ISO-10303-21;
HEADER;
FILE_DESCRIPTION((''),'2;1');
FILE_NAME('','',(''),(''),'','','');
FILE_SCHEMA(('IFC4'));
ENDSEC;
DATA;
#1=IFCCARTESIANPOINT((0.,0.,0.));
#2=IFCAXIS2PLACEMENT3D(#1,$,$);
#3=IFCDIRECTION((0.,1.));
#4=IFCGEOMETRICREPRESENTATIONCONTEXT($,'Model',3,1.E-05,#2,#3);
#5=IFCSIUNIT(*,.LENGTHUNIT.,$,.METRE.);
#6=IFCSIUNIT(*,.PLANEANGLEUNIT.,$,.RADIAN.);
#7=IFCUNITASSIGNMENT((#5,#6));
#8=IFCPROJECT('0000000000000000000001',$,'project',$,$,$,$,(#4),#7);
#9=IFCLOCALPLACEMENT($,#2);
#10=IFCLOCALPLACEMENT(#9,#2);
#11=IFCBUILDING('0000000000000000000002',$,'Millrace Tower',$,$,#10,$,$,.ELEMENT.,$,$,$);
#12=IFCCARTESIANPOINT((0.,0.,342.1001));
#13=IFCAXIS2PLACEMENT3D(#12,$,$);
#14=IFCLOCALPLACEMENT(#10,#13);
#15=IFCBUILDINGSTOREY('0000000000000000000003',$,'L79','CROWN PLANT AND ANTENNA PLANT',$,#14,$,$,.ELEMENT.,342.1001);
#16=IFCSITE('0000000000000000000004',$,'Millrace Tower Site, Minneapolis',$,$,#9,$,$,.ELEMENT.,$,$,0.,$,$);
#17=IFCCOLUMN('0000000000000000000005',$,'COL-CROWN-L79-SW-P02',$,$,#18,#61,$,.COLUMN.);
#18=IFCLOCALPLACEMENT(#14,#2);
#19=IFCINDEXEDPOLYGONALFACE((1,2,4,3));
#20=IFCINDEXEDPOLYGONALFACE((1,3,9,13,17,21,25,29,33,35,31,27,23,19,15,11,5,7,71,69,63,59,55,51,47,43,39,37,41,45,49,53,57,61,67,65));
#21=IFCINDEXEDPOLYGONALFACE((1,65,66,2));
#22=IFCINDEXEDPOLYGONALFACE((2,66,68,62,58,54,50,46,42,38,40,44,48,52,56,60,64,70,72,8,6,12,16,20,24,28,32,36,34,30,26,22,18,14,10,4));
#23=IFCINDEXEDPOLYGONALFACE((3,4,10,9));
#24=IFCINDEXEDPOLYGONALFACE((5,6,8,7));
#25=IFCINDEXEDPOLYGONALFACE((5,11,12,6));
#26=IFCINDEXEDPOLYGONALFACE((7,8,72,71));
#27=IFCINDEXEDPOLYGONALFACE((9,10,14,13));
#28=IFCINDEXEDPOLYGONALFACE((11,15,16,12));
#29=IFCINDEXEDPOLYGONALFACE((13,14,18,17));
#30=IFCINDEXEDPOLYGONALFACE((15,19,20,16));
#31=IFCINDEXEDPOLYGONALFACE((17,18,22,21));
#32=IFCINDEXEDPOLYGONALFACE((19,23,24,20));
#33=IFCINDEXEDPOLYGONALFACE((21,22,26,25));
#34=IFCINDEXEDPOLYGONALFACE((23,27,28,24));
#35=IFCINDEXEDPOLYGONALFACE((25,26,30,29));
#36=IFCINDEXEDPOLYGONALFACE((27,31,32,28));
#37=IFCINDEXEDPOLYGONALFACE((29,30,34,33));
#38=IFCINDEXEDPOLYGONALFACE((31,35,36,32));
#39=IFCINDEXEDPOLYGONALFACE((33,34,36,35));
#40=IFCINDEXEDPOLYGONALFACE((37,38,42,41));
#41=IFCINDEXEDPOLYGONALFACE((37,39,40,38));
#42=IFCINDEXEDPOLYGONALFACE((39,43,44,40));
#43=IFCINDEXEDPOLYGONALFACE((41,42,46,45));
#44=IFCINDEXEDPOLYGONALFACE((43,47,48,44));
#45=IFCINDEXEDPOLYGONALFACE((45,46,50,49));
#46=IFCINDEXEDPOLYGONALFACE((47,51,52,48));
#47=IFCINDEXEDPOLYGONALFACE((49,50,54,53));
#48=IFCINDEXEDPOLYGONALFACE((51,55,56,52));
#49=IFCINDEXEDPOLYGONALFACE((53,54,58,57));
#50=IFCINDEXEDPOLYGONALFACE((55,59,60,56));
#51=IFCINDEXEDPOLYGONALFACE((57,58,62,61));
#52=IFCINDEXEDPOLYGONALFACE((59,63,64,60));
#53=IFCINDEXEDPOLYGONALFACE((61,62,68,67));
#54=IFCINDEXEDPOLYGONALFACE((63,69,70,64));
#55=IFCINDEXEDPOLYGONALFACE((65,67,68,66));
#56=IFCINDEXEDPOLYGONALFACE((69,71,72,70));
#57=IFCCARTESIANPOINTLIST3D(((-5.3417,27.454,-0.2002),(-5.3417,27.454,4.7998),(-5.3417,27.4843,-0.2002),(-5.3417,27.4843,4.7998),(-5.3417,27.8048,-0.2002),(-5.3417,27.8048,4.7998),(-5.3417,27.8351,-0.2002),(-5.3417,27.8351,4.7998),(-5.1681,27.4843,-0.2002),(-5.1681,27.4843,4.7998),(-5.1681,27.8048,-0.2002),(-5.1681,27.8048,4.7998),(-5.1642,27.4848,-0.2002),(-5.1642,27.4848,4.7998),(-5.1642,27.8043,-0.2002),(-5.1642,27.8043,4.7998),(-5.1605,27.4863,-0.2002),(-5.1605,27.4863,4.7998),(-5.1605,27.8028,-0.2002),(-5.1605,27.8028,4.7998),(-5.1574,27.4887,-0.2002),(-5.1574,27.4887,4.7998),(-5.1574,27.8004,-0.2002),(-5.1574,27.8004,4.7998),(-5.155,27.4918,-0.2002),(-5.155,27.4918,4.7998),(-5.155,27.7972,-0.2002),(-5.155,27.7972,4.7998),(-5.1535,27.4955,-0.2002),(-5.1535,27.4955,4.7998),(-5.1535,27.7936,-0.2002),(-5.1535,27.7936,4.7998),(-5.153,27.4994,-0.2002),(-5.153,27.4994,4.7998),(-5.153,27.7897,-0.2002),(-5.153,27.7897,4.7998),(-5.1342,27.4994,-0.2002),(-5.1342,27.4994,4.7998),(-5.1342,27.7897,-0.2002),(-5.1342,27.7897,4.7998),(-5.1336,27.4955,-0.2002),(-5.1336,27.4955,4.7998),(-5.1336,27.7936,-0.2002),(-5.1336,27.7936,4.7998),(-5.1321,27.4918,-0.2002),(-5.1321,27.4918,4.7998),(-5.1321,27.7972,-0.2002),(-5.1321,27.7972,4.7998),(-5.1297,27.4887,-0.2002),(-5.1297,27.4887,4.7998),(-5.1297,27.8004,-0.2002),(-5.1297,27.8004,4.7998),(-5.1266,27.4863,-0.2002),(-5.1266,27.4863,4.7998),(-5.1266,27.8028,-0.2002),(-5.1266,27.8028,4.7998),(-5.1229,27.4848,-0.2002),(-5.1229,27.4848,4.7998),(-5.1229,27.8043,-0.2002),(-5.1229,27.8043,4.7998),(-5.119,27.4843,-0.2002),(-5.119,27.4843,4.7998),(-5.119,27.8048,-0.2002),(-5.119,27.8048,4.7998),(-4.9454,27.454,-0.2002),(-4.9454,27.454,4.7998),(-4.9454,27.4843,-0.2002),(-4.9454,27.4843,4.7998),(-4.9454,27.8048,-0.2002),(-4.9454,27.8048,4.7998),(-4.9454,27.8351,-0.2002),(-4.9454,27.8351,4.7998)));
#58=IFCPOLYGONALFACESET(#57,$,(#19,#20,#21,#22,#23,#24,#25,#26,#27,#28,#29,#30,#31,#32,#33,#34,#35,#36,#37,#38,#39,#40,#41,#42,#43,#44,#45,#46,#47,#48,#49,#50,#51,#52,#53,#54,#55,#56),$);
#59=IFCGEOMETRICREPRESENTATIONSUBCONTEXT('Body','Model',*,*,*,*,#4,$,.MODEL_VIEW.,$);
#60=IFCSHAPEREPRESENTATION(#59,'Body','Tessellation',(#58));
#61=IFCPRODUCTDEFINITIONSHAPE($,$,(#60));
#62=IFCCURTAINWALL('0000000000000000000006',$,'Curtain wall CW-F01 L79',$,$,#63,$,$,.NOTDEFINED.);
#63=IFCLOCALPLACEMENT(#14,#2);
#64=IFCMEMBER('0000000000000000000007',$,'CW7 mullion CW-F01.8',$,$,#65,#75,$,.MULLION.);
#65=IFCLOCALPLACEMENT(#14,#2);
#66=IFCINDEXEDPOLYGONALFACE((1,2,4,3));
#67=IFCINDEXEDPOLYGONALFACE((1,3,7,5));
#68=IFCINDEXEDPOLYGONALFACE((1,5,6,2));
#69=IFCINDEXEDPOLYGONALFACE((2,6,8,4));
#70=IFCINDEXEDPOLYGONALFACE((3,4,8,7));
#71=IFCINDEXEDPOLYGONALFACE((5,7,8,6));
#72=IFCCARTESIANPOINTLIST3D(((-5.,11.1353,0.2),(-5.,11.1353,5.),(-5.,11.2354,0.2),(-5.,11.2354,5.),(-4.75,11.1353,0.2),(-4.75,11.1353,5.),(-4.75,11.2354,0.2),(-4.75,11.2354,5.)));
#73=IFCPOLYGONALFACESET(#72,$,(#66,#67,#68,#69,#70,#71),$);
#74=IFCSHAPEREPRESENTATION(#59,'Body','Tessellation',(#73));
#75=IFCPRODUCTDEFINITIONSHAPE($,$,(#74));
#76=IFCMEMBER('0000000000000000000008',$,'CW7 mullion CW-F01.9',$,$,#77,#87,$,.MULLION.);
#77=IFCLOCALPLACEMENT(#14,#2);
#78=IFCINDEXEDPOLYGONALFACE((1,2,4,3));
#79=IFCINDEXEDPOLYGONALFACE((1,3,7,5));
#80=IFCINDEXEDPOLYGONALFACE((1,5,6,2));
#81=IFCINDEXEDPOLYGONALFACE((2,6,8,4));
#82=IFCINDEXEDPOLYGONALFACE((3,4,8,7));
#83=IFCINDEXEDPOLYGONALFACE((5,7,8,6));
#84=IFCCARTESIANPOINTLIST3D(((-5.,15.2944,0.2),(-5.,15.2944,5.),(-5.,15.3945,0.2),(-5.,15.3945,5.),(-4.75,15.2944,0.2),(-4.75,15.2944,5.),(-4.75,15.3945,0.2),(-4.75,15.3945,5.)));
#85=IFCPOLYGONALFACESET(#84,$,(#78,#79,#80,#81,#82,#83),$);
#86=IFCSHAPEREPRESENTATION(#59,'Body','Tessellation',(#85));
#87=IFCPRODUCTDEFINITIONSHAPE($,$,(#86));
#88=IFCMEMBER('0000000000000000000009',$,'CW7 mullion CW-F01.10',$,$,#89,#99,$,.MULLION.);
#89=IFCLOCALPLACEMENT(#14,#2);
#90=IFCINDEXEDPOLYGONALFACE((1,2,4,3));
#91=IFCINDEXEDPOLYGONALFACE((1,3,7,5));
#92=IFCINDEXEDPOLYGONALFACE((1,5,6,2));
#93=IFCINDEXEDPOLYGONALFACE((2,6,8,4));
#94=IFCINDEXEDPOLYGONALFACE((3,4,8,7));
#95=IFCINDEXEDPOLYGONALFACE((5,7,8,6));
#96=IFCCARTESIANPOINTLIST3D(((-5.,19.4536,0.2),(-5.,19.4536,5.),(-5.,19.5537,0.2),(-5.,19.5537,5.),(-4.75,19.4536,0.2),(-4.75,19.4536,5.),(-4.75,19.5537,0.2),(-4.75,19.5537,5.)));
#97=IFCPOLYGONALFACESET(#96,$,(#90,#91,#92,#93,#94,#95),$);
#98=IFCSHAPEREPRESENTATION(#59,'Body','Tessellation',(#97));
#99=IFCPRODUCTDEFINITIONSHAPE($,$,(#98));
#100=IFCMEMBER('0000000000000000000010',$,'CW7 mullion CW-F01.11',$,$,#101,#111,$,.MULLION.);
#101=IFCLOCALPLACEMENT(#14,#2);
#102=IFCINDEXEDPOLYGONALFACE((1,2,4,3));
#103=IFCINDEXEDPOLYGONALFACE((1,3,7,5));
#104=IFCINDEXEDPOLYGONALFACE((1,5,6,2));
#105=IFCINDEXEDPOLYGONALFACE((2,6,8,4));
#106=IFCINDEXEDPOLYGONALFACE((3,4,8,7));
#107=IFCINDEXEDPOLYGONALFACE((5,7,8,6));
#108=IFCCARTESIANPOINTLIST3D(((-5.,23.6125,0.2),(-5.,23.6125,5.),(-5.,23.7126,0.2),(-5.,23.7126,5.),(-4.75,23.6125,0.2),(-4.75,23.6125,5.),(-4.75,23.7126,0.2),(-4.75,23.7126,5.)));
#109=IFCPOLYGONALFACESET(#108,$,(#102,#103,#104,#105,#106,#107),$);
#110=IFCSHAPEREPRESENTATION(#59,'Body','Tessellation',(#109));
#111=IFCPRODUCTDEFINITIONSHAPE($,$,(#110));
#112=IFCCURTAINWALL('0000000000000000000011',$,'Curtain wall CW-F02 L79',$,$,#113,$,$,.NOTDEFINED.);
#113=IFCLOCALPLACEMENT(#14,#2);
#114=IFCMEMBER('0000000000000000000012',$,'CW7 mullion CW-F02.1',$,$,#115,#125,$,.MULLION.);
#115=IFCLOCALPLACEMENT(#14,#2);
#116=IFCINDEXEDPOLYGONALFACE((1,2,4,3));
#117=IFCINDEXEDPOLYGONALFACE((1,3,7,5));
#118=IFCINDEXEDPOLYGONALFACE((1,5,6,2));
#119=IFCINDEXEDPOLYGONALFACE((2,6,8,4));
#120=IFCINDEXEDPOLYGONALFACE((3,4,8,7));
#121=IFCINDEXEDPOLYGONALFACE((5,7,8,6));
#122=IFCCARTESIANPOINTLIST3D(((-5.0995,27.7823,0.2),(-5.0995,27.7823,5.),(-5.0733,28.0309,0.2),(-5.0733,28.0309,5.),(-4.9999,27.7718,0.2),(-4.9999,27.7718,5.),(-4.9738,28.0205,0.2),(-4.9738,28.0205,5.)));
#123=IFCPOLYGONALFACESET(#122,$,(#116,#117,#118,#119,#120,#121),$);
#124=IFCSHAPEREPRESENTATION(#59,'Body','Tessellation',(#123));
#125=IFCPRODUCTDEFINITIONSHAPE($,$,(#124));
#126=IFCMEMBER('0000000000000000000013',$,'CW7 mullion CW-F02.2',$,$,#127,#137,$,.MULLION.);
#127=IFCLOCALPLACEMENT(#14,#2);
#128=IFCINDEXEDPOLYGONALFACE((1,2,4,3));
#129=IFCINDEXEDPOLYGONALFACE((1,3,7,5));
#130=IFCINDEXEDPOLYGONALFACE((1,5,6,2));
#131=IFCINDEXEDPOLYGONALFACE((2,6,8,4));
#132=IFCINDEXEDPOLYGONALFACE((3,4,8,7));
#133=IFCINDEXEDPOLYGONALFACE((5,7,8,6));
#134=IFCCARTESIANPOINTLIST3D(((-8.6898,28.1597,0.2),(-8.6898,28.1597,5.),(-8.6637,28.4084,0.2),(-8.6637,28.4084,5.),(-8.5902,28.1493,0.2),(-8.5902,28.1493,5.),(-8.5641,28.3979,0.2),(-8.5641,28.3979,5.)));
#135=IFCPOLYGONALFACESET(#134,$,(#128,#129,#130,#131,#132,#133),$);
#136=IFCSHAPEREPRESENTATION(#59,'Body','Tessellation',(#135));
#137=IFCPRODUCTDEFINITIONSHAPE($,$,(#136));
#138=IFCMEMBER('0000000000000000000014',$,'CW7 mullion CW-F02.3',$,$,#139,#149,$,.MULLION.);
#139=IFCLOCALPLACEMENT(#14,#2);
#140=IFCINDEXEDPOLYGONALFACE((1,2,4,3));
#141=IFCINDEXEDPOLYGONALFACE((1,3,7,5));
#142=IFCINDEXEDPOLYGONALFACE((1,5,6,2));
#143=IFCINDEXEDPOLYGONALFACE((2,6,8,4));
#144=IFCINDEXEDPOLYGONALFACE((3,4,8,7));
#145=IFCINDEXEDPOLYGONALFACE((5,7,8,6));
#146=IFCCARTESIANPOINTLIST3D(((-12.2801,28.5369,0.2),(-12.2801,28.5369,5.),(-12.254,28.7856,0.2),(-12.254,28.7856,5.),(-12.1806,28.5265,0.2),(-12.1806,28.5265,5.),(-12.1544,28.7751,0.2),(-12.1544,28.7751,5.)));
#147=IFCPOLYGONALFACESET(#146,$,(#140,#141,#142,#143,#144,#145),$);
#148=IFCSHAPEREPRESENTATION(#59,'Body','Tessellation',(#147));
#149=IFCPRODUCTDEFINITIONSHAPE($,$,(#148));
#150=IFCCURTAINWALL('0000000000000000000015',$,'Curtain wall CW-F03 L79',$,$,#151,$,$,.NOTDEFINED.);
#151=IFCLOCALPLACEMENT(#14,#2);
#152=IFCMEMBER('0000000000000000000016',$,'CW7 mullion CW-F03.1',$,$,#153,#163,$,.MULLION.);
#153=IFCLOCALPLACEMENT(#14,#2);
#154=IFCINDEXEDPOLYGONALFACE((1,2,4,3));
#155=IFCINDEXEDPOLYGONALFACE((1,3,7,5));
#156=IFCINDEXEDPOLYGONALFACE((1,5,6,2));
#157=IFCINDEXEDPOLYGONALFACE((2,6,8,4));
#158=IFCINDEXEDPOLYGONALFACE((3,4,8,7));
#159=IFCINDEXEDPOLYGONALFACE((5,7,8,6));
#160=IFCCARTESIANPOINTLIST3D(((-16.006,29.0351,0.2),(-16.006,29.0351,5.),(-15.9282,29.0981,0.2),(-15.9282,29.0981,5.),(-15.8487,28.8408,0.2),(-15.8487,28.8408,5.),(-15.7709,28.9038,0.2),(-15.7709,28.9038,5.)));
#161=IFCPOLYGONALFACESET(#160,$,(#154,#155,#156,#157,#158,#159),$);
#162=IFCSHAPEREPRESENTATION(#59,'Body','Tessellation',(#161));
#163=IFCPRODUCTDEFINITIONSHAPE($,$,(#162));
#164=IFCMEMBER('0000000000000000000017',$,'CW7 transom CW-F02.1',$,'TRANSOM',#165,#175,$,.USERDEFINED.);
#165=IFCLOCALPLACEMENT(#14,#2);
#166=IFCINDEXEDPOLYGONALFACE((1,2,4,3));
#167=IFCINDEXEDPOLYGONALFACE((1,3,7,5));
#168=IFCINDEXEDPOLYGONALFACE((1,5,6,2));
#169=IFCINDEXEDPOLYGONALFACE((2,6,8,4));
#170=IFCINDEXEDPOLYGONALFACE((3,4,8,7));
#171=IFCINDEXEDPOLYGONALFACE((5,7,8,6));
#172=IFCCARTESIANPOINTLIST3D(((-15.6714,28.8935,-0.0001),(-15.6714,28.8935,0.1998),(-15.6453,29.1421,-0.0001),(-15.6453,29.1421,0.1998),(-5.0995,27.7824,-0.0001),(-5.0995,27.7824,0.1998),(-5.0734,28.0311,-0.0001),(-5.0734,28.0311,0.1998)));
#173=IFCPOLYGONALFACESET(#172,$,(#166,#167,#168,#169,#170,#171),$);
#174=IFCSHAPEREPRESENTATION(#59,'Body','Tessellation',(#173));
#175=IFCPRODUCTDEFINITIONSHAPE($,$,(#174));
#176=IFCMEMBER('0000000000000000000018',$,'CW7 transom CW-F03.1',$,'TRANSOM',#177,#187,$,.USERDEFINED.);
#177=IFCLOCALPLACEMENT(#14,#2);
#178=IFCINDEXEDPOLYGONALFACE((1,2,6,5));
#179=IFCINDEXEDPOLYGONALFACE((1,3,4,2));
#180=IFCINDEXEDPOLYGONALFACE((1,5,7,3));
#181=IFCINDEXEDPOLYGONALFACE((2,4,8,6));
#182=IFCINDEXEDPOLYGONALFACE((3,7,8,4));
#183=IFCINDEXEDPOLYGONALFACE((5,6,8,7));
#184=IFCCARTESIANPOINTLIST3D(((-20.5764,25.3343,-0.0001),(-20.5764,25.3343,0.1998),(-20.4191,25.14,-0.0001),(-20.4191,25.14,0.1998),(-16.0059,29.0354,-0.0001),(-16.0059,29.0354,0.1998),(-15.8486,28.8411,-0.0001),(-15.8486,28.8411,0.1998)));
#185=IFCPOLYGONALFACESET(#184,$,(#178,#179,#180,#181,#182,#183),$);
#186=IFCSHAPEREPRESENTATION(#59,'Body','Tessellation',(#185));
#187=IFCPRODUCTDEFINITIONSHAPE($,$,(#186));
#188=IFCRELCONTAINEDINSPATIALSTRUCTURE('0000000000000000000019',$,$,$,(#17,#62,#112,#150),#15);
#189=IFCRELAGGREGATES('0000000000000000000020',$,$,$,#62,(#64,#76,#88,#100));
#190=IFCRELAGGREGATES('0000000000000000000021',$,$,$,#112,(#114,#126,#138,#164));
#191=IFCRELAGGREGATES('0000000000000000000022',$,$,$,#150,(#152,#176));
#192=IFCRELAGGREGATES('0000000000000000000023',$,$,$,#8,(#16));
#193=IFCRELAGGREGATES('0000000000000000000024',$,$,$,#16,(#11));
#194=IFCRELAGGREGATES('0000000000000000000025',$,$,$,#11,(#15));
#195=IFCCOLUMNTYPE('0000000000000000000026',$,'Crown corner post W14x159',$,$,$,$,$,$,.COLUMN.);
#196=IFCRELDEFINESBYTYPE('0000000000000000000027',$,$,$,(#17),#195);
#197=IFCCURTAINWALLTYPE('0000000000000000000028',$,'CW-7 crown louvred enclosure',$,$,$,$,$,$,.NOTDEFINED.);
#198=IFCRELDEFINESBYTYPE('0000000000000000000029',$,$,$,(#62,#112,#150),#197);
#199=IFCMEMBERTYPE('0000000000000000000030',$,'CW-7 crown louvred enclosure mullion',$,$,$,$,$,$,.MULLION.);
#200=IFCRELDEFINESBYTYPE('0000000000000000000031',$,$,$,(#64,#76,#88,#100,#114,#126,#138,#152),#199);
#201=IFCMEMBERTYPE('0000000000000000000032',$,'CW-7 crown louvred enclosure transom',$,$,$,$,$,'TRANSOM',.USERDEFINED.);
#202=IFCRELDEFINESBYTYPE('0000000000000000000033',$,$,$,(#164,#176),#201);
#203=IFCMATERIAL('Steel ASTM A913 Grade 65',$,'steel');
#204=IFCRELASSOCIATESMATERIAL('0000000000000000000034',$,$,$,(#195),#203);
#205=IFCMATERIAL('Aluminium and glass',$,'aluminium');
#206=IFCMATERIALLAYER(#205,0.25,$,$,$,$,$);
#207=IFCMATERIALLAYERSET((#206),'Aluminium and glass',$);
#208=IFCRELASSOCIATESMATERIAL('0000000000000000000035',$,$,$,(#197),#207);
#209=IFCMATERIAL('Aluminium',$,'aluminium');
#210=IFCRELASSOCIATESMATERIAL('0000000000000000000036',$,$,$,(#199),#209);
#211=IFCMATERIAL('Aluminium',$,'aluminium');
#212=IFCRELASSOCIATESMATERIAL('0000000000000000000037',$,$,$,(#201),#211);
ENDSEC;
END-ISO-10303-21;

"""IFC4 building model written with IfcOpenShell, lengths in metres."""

from ifc_helpers import new_model, si_unit, direction, frame, origin, origin_2d, place, context, subcontext, project, spatial, rectangle, i_section, extrude, material, layer, layer_set, material_profile, profile_set, type_object, element, aggregate, save


model = new_model("IFC4")

# Units and contexts
model_context = context("Model", 3, precision=1e-05, world=origin(), true_north=direction((0.0, 1.0)))
body_context = subcontext(model_context, "Body", "Model", "MODEL_VIEW")
ifc_project = project(units=[si_unit("LENGTHUNIT", "METRE"), si_unit("PLANEANGLEUNIT", "RADIAN")], contexts=[model_context])

# Site, building, storey
site_placement = place(None, origin())
site = spatial("IfcSite", under=ifc_project, at=site_placement, Name="Millrace Tower Site, Minneapolis", CompositionType="ELEMENT", RefElevation=0.0)
building_placement = place(site_placement, origin())
building = spatial("IfcBuilding", under=site, at=building_placement, Name="Millrace Tower", CompositionType="ELEMENT")
storey_placement = place(building_placement, frame((0.0, 0.0, 342.1001)))
storey = spatial("IfcBuildingStorey", under=building, at=storey_placement, Name="L79", Description="CROWN PLANT AND ANTENNA PLANT", CompositionType="ELEMENT", Elevation=342.1001)

# Column
ifc_material_1 = material(Name="Steel ASTM A913 Grade 65", Category="steel")
ifc_material_profile_1 = material_profile(ifc_material_1, i_section(OverallWidth=0.3962, OverallDepth=0.3811, WebThickness=0.0188, FlangeThickness=0.0303, FilletRadius=0.0151, at=origin_2d()))
ifc_profile_set_1 = profile_set([ifc_material_profile_1], Name="Steel ASTM A913 Grade 65")
column_type = type_object("IfcColumnType", Name="Crown corner post W14x159", PredefinedType="COLUMN", material=ifc_profile_set_1)
column_placement = place(storey_placement, frame((-5.1436, 27.6445, -0.2002), z_axis=(0.0, 0.0, 1.0), x_axis=(1.0, 0.0, 0.0)))
element("IfcColumn", 1, at=column_placement, inside=storey, type_object=column_type, Name="COL-CROWN-L79-SW-P02", PredefinedType="COLUMN", context=body_context, shape_type="SweptSolid", body=[
    extrude(i_section(OverallWidth=0.3962, OverallDepth=0.3811, WebThickness=0.0188, FlangeThickness=0.0303, FilletRadius=0.0151, at=origin_2d()), origin(), (0.0, 0.0, 1.0), 5.0),
])

# Curtain walls, members
ifc_material_2 = material(Name="Aluminium and glass", Category="aluminium")
ifc_layer_1 = layer(ifc_material_2, 0.25)
ifc_layer_set_1 = layer_set([ifc_layer_1], Name="Aluminium and glass")
curtain_wall_type = type_object("IfcCurtainWallType", Name="CW-7 crown louvred enclosure", PredefinedType="NOTDEFINED", material=ifc_layer_set_1)
placement = place(storey_placement, origin())
curtain_wall_1 = element("IfcCurtainWall", 2, at=placement, inside=storey, type_object=curtain_wall_type, Name="Curtain wall CW-F01 L79", PredefinedType="NOTDEFINED")
ifc_material_3 = material(Name="Aluminium", Category="aluminium")
ifc_material_profile_2 = material_profile(ifc_material_3, rectangle(XDim=0.1001, YDim=0.25, at=origin_2d()))
ifc_profile_set_2 = profile_set([ifc_material_profile_2], Name="Aluminium")
member_type_1 = type_object("IfcMemberType", Name="CW-7 crown louvred enclosure mullion", PredefinedType="MULLION", material=ifc_profile_set_2)
member_1_placement = place(storey_placement, frame((-4.875, 11.1853, 0.2), z_axis=(0.0, 0.0, 1.0), x_axis=(0.0, 1.0, 0.0)))
member_1 = element("IfcMember", 3, at=member_1_placement, type_object=member_type_1, Name="CW7 mullion CW-F01.8", PredefinedType="MULLION", context=body_context, shape_type="SweptSolid", body=[
    extrude(rectangle(XDim=0.1001, YDim=0.25, at=origin_2d()), origin(), (0.0, 0.0, 1.0), 4.8),
])
member_2_placement = place(storey_placement, frame((-4.875, 15.3445, 0.2), z_axis=(0.0, 0.0, 1.0), x_axis=(0.0, 1.0, 0.0)))
member_2 = element("IfcMember", 4, at=member_2_placement, type_object=member_type_1, Name="CW7 mullion CW-F01.9", PredefinedType="MULLION", context=body_context, shape_type="SweptSolid", body=[
    extrude(rectangle(XDim=0.1001, YDim=0.25, at=origin_2d()), origin(), (0.0, 0.0, 1.0), 4.8),
])
member_3_placement = place(storey_placement, frame((-4.875, 19.5037, 0.2), z_axis=(0.0, 0.0, 1.0), x_axis=(0.0, 1.0, 0.0)))
member_3 = element("IfcMember", 5, at=member_3_placement, type_object=member_type_1, Name="CW7 mullion CW-F01.10", PredefinedType="MULLION", context=body_context, shape_type="SweptSolid", body=[
    extrude(rectangle(XDim=0.1001, YDim=0.25, at=origin_2d()), origin(), (0.0, 0.0, 1.0), 4.8),
])
member_4_placement = place(storey_placement, frame((-4.875, 23.6626, 0.2), z_axis=(0.0, 0.0, 1.0), x_axis=(0.0, 1.0, 0.0)))
member_4 = element("IfcMember", 6, at=member_4_placement, type_object=member_type_1, Name="CW7 mullion CW-F01.11", PredefinedType="MULLION", context=body_context, shape_type="SweptSolid", body=[
    extrude(rectangle(XDim=0.1001, YDim=0.25, at=origin_2d()), origin(), (0.0, 0.0, 1.0), 4.8),
])
aggregate(curtain_wall_1, [member_1, member_2, member_3, member_4])
curtain_wall_2 = element("IfcCurtainWall", 7, at=placement, inside=storey, type_object=curtain_wall_type, Name="Curtain wall CW-F02 L79", PredefinedType="NOTDEFINED")
member_5_placement = place(storey_placement, frame((-5.0366, 27.9014, 0.2), z_axis=(0.0, 0.0, 1.0), x_axis=(-0.994522, 0.104528, 0.0)))
member_5 = element("IfcMember", 8, at=member_5_placement, type_object=member_type_1, Name="CW7 mullion CW-F02.1", PredefinedType="MULLION", context=body_context, shape_type="SweptSolid", body=[
    extrude(rectangle(XDim=0.1001, YDim=0.25, at=origin_2d()), origin(), (0.0, 0.0, 1.0), 4.8),
])
member_6_placement = place(storey_placement, frame((-8.627, 28.2788, 0.2), z_axis=(0.0, 0.0, 1.0), x_axis=(-0.994522, 0.104528, 0.0)))
member_6 = element("IfcMember", 9, at=member_6_placement, type_object=member_type_1, Name="CW7 mullion CW-F02.2", PredefinedType="MULLION", context=body_context, shape_type="SweptSolid", body=[
    extrude(rectangle(XDim=0.1001, YDim=0.25, at=origin_2d()), origin(), (0.0, 0.0, 1.0), 4.8),
])
member_7_placement = place(storey_placement, frame((-12.2173, 28.656, 0.2), z_axis=(0.0, 0.0, 1.0), x_axis=(-0.994522, 0.104528, 0.0)))
member_7 = element("IfcMember", 10, at=member_7_placement, type_object=member_type_1, Name="CW7 mullion CW-F02.3", PredefinedType="MULLION", context=body_context, shape_type="SweptSolid", body=[
    extrude(rectangle(XDim=0.1001, YDim=0.25, at=origin_2d()), origin(), (0.0, 0.0, 1.0), 4.8),
])

# Curtain wall, member
curtain_wall_3 = element("IfcCurtainWall", 11, at=placement, inside=storey, type_object=curtain_wall_type, Name="Curtain wall CW-F03 L79", PredefinedType="NOTDEFINED")
member_8_placement = place(storey_placement, frame((-15.8884, 28.9695, 0.2), z_axis=(0.0, 0.0, 1.0), x_axis=(-0.777146, -0.62932, 0.0)))
member_8 = element("IfcMember", 12, at=member_8_placement, type_object=member_type_1, Name="CW7 mullion CW-F03.1", PredefinedType="MULLION", context=body_context, shape_type="SweptSolid", body=[
    extrude(rectangle(XDim=0.1001, YDim=0.25, at=origin_2d()), origin(), (0.0, 0.0, 1.0), 4.8),
])

# Members
ifc_material_4 = material(Name="Aluminium", Category="aluminium")
ifc_material_profile_3 = material_profile(ifc_material_4, rectangle(XDim=0.25, YDim=0.2, at=origin_2d()))
ifc_profile_set_3 = profile_set([ifc_material_profile_3], Name="Aluminium")
member_type_2 = type_object("IfcMemberType", Name="CW-7 crown louvred enclosure transom", ElementType="TRANSOM", PredefinedType="USERDEFINED", material=ifc_profile_set_3)
member_9_placement = place(storey_placement, frame((-5.0864, 27.9067, 0.0999), z_axis=(-0.994523, 0.104521, 0.0), x_axis=(-0.104521, -0.994523, 0.0)))
member_9 = element("IfcMember", 13, at=member_9_placement, type_object=member_type_2, Name="CW7 transom CW-F02.1", ObjectType="TRANSOM", PredefinedType="USERDEFINED", context=body_context, shape_type="SweptSolid", body=[
    extrude(rectangle(XDim=0.25, YDim=0.2, at=origin_2d()), origin(), (0.0, 0.0, 1.0), 10.6301),
])
aggregate(curtain_wall_2, [member_5, member_6, member_7, member_9])
member_10_placement = place(storey_placement, frame((-15.9272, 28.9382, 0.0999), z_axis=(-0.777145, -0.629321, 0.0), x_axis=(0.629321, -0.777145, 0.0)))
member_10 = element("IfcMember", 14, at=member_10_placement, type_object=member_type_2, Name="CW7 transom CW-F03.1", ObjectType="TRANSOM", PredefinedType="USERDEFINED", context=body_context, shape_type="SweptSolid", body=[
    extrude(rectangle(XDim=0.25, YDim=0.2, at=origin_2d()), origin(), (0.0, 0.0, 1.0), 5.8811),
])
aggregate(curtain_wall_3, [member_8, member_10])

save(model, "model.ifc")
